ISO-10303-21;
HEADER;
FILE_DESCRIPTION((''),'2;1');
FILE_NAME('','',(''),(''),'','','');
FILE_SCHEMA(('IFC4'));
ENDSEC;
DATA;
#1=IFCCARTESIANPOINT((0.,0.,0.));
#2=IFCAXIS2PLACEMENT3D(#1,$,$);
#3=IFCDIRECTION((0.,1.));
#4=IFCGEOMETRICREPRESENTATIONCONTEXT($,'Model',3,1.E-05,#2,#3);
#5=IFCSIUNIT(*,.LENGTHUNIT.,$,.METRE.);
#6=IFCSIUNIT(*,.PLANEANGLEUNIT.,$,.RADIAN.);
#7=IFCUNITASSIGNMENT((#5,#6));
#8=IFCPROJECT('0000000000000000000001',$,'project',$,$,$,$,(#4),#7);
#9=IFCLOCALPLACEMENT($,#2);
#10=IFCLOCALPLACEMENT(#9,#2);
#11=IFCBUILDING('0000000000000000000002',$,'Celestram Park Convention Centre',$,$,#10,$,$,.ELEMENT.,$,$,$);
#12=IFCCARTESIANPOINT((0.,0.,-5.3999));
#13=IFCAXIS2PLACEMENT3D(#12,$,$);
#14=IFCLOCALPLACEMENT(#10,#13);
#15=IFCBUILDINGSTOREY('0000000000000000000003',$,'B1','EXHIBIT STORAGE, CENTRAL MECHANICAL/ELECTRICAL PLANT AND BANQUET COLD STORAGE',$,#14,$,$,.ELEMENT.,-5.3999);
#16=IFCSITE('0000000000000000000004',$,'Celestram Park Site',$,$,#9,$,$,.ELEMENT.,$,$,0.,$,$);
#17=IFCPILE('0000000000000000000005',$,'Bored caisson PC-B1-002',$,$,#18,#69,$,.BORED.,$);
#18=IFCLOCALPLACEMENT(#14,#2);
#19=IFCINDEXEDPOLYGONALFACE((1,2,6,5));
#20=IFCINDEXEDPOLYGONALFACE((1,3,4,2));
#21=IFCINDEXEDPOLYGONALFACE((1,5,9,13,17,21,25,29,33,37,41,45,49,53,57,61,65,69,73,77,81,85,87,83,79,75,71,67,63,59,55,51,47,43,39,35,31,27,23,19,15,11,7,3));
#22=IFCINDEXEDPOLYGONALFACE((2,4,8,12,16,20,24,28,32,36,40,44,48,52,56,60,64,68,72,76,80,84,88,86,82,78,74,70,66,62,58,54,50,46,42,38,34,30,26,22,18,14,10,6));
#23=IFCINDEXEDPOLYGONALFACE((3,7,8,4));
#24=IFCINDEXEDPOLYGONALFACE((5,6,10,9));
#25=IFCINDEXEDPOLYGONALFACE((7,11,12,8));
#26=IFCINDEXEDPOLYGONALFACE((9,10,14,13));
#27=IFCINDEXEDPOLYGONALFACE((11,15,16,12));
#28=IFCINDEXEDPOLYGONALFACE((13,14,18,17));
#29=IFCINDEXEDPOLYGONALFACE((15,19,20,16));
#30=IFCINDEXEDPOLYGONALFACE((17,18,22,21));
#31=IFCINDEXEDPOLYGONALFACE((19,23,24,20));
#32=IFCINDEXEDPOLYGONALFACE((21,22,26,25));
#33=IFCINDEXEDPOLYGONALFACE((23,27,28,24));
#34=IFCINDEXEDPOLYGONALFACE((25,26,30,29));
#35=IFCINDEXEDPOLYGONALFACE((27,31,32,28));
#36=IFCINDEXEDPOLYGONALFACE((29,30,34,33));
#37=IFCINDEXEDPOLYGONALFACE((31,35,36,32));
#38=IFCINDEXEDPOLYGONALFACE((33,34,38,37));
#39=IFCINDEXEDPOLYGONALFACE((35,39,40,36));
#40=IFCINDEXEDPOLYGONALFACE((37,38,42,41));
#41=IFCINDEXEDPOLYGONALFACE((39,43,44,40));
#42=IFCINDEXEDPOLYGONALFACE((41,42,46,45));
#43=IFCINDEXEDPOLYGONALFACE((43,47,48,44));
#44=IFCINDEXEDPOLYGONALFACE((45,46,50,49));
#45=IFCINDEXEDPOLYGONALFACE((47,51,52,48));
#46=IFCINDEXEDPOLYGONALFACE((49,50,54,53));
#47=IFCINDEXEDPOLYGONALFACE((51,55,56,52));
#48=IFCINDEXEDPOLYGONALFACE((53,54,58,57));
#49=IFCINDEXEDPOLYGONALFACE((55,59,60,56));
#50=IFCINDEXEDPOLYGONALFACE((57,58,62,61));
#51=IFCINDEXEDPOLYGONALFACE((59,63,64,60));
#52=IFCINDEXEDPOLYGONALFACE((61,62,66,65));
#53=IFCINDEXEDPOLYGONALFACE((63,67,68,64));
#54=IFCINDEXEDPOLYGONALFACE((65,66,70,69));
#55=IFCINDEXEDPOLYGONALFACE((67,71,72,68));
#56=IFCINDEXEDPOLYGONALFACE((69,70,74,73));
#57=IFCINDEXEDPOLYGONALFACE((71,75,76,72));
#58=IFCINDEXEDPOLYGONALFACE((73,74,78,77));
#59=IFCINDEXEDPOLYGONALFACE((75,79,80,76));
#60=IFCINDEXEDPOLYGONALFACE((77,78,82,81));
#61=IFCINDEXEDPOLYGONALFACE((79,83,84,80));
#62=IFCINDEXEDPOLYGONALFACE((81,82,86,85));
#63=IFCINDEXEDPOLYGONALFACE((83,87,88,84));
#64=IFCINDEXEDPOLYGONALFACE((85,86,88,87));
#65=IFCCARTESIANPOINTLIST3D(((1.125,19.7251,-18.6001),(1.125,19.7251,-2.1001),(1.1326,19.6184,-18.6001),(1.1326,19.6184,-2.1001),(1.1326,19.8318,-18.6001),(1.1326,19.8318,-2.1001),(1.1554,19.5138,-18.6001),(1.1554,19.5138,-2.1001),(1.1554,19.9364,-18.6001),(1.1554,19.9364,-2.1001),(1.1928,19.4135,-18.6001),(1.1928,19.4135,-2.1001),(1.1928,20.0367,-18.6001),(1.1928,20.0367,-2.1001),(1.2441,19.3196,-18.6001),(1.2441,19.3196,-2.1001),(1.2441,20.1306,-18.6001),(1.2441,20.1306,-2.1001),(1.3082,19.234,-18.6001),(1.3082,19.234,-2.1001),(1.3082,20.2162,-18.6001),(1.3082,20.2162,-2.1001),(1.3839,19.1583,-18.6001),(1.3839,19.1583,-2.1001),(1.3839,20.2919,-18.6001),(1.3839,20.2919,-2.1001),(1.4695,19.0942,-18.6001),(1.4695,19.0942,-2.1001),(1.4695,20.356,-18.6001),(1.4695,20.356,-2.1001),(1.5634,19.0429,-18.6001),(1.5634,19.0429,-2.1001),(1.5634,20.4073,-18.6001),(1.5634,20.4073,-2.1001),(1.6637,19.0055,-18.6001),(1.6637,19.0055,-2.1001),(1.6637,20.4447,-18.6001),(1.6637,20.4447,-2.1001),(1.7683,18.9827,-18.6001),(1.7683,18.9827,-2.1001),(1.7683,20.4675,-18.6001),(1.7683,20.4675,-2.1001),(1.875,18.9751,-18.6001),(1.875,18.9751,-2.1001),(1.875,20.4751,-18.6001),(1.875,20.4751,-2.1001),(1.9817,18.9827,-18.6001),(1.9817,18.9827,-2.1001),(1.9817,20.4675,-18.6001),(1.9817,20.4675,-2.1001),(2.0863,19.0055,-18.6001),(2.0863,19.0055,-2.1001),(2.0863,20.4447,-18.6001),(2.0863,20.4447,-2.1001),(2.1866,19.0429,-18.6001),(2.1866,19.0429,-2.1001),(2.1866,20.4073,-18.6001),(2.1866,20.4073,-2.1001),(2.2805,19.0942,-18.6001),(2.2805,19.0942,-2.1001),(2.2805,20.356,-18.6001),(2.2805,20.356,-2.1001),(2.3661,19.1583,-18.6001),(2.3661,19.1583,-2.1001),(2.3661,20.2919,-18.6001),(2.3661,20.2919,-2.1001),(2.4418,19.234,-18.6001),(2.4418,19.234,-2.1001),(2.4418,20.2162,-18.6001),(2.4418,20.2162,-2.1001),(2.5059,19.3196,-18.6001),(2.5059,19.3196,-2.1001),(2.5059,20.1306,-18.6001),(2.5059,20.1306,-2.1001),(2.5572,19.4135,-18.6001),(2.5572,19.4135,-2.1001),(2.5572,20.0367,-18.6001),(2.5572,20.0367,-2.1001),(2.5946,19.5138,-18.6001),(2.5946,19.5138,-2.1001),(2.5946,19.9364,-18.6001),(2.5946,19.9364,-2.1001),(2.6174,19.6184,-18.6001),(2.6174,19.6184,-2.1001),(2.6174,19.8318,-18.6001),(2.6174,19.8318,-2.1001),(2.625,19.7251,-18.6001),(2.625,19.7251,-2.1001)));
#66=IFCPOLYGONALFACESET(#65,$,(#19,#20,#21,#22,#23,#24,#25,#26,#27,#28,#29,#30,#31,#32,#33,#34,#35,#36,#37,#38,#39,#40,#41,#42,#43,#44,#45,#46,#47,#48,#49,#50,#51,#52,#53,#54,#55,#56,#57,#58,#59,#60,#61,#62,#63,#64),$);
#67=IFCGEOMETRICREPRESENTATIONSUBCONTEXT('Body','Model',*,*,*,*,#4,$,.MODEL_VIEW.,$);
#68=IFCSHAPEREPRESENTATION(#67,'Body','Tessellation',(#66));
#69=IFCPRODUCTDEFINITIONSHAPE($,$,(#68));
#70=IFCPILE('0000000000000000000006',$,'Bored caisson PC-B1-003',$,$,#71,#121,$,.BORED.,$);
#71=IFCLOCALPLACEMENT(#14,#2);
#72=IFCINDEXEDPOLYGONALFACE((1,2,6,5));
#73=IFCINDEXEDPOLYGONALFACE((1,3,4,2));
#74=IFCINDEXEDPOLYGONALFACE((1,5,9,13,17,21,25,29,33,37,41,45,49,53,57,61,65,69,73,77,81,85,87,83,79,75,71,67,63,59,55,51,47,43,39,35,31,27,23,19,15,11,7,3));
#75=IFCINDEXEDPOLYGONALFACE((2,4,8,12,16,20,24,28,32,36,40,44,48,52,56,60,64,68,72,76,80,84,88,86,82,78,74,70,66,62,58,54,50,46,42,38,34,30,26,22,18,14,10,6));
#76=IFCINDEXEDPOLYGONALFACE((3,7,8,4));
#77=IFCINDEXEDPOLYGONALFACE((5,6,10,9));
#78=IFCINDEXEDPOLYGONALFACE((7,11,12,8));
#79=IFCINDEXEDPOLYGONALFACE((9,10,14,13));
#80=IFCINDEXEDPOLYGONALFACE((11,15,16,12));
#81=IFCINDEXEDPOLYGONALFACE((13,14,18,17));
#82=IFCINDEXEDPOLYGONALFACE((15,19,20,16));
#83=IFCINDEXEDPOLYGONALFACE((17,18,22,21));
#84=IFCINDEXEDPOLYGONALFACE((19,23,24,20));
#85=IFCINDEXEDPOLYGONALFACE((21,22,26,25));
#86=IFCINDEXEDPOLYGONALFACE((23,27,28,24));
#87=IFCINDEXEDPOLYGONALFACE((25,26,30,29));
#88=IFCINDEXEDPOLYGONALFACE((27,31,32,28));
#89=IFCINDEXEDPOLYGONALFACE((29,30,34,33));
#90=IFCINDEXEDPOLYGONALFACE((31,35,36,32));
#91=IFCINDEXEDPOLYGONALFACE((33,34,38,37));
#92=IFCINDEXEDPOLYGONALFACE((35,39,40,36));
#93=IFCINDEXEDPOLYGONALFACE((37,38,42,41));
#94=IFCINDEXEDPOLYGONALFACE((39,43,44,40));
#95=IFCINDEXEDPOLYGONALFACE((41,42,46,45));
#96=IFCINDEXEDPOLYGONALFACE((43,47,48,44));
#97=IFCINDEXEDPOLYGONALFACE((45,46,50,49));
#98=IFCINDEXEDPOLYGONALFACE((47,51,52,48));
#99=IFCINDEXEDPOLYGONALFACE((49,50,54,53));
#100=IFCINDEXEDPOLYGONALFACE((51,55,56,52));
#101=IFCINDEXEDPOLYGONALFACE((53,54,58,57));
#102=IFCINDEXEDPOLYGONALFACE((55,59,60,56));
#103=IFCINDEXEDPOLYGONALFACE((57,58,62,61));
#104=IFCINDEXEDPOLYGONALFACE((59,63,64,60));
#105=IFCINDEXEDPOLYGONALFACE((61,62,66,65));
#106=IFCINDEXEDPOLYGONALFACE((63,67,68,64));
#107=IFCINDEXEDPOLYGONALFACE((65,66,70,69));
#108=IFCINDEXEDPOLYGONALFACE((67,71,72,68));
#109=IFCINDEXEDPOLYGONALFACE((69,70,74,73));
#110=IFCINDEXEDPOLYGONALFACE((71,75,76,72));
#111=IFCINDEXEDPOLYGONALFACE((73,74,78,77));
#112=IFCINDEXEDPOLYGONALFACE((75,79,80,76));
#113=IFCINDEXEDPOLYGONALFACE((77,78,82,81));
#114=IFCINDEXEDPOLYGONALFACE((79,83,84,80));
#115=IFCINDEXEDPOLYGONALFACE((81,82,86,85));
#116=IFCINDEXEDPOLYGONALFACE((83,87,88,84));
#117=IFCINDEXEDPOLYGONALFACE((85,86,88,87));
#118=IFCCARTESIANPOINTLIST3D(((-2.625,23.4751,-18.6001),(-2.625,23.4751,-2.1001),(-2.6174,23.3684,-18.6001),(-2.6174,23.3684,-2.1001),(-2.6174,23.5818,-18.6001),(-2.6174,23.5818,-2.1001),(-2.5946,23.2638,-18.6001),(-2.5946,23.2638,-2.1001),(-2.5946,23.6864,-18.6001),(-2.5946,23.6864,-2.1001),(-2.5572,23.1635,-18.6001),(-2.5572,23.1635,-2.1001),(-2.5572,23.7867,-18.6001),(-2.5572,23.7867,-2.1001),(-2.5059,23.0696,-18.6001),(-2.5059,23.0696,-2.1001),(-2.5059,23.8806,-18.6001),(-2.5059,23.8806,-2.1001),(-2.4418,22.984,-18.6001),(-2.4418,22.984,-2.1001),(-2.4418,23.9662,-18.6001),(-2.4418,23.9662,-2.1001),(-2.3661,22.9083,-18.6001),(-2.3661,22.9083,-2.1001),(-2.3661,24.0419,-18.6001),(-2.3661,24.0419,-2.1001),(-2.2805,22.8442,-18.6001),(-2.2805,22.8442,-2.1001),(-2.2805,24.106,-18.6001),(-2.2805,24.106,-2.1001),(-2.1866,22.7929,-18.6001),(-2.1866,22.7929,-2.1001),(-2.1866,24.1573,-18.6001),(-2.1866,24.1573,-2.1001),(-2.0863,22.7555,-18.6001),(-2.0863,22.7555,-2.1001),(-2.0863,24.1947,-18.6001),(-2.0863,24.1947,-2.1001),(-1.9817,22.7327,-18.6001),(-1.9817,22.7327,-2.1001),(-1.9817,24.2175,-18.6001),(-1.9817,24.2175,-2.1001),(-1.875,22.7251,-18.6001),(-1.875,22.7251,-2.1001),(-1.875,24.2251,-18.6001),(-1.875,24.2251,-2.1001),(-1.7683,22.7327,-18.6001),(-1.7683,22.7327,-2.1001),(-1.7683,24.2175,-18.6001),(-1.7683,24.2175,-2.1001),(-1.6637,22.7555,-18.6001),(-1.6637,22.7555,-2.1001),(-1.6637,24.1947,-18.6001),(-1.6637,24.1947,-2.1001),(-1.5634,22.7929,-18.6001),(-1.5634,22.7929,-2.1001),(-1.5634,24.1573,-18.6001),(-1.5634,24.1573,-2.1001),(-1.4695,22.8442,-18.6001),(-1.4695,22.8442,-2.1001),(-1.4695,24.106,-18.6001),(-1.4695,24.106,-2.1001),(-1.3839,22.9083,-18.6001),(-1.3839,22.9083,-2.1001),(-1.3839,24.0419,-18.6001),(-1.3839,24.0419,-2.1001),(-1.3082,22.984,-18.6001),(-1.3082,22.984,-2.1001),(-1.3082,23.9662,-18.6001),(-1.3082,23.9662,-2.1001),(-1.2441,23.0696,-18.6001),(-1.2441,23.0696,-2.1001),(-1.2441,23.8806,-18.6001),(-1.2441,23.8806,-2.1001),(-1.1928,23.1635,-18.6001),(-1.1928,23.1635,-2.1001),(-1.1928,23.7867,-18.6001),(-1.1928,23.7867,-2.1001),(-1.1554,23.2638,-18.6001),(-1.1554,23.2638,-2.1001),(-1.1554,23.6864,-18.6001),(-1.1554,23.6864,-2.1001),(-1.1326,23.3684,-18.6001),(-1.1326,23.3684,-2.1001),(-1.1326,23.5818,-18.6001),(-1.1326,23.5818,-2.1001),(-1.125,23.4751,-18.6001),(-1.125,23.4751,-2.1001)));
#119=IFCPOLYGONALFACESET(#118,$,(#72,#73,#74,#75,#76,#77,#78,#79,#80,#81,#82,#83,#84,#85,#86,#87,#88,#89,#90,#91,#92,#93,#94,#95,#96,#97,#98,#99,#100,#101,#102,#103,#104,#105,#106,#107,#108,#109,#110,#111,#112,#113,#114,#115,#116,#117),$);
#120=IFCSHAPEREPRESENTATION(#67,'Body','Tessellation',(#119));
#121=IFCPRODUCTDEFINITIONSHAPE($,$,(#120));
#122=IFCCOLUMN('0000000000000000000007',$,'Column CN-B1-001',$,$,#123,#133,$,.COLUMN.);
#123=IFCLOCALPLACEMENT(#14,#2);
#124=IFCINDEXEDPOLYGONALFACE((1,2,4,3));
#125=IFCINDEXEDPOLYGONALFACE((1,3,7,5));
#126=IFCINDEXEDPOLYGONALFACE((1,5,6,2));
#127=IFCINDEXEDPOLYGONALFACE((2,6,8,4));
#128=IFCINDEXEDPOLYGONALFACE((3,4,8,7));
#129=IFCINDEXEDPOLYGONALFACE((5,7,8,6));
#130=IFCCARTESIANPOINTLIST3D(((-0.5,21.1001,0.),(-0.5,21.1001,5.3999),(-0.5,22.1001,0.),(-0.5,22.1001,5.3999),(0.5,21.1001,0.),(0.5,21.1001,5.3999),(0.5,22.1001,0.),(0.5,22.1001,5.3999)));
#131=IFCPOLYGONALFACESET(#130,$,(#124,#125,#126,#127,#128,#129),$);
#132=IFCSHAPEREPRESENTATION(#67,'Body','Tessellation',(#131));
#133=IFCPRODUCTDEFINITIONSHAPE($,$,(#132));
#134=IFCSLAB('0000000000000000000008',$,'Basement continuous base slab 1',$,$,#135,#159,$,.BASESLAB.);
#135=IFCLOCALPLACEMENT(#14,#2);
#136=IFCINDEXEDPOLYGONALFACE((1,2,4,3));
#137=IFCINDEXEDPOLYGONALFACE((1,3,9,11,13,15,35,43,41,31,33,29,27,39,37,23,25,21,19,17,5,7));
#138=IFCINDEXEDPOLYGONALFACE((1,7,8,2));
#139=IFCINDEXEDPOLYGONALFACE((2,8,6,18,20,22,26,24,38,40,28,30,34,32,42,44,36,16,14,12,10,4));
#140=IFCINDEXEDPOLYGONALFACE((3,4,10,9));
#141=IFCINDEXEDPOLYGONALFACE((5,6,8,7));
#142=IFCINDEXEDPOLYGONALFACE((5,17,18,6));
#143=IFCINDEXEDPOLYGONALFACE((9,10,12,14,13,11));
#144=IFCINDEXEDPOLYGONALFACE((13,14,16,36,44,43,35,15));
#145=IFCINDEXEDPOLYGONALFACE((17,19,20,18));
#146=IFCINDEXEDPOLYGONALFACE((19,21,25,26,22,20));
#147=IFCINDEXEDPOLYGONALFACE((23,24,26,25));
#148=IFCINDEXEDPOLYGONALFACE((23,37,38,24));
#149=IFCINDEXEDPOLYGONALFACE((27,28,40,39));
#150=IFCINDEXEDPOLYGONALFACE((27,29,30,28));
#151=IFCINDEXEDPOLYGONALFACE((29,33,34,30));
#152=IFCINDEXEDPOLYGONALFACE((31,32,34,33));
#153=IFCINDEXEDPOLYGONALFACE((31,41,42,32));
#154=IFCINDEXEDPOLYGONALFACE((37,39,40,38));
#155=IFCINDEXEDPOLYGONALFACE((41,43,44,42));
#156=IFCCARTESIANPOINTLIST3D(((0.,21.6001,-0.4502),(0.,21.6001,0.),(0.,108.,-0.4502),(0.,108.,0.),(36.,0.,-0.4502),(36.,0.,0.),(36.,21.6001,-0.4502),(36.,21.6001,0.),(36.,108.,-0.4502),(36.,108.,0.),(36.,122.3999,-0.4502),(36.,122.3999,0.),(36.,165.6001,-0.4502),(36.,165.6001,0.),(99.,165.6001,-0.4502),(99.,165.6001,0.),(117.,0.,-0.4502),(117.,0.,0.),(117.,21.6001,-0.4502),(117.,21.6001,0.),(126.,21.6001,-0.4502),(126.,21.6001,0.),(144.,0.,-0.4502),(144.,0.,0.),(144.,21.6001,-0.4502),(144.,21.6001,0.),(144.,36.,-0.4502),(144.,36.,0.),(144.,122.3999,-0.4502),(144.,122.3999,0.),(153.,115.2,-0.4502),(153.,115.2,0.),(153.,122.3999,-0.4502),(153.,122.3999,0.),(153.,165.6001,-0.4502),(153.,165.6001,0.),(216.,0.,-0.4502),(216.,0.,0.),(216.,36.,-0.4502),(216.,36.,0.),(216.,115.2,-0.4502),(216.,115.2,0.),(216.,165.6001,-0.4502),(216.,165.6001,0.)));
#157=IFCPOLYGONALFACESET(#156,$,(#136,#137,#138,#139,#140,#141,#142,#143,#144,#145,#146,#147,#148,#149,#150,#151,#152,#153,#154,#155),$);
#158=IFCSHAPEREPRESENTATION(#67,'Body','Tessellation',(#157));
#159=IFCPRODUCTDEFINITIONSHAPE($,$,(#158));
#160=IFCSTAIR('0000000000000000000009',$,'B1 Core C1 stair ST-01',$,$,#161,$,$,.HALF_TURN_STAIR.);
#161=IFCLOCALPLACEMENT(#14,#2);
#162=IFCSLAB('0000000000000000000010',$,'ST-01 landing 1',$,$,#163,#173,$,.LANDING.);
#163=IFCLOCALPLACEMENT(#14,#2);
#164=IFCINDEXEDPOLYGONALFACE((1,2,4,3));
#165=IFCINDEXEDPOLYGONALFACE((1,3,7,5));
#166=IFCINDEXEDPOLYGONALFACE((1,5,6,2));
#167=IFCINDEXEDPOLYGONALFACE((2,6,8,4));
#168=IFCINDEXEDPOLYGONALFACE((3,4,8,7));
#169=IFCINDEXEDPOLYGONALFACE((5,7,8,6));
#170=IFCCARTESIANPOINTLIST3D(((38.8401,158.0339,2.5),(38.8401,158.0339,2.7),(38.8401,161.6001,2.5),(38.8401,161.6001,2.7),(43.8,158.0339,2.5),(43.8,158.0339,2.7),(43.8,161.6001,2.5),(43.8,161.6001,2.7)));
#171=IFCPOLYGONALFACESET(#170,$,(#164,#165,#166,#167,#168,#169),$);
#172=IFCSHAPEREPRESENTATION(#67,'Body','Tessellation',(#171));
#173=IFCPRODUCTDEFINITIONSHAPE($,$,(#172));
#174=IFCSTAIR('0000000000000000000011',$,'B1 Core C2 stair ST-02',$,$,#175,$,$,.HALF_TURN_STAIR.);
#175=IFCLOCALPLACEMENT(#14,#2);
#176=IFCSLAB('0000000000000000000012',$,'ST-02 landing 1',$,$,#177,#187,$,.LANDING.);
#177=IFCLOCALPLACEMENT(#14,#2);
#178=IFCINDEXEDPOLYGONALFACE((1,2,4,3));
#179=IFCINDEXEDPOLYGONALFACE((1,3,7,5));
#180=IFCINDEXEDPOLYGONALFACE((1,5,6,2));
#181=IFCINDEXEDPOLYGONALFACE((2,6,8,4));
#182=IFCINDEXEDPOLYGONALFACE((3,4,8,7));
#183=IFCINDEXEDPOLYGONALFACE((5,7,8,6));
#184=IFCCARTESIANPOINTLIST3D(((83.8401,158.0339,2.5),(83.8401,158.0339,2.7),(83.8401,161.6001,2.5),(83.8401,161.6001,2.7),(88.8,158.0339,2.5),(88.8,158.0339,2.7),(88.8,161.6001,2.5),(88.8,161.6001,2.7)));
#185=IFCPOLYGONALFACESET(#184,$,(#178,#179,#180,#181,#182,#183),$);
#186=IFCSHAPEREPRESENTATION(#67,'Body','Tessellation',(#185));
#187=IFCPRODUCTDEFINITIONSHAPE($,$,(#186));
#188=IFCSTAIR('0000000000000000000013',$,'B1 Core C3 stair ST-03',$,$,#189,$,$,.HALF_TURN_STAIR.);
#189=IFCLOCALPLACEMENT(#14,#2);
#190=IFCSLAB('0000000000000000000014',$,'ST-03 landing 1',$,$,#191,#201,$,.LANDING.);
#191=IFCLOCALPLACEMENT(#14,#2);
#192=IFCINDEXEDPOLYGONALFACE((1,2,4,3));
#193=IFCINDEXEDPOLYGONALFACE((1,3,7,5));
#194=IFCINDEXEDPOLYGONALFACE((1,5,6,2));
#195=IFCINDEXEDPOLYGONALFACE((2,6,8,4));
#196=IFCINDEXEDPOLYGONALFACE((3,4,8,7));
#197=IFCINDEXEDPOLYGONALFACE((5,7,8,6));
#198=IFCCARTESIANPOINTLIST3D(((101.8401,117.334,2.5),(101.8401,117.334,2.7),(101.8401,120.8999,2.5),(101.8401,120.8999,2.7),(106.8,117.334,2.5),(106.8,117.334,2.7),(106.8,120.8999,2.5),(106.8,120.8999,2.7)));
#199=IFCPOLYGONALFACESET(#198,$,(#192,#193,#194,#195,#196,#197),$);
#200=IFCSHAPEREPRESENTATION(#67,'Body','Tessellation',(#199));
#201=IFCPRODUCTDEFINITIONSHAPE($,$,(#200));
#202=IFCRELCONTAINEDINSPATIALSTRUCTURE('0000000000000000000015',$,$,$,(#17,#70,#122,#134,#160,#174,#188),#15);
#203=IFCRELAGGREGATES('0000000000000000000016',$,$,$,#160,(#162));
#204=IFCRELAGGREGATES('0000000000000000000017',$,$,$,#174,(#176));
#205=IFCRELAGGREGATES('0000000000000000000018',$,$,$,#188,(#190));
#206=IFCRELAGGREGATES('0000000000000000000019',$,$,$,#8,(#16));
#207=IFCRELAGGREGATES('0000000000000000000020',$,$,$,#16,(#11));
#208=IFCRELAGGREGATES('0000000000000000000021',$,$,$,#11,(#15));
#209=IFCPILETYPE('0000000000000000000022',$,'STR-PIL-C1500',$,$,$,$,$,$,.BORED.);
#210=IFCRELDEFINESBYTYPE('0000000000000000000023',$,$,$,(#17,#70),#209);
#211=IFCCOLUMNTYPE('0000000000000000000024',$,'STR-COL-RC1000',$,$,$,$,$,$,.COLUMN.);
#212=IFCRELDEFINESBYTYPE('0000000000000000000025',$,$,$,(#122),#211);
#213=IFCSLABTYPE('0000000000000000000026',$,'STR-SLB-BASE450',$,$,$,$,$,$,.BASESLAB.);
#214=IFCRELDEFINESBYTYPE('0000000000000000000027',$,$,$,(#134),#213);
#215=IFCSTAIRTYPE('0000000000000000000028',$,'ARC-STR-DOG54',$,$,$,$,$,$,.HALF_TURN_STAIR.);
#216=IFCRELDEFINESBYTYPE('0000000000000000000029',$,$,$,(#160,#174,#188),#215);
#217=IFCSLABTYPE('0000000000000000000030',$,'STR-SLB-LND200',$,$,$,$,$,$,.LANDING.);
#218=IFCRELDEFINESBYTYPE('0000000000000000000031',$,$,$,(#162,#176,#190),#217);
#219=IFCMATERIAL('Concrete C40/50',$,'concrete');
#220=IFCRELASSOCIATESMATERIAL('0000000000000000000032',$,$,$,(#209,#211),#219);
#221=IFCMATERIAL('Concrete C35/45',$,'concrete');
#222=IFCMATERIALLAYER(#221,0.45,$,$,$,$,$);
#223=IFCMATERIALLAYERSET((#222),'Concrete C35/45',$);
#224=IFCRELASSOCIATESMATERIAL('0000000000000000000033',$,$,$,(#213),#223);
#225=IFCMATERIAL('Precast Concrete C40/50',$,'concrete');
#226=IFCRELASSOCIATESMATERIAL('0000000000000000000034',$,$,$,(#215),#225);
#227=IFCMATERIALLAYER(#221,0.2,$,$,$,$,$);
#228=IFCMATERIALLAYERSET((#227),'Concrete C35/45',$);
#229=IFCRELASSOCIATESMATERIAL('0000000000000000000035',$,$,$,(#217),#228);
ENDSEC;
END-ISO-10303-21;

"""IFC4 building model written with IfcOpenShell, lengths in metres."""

from ifc_helpers import new_model, si_unit, direction, frame, origin, origin_2d, place, context, subcontext, project, spatial, polyline, rectangle, circle, outline, extrude, material, layer, layer_set, material_profile, profile_set, type_object, element, aggregate, save


model = new_model("IFC4")

# Units and contexts
model_context = context("Model", 3, precision=1e-05, world=origin(), true_north=direction((0.0, 1.0)))
body_context = subcontext(model_context, "Body", "Model", "MODEL_VIEW")
ifc_project = project(units=[si_unit("LENGTHUNIT", "METRE"), si_unit("PLANEANGLEUNIT", "RADIAN")], contexts=[model_context])

# Site, building, storey
site_placement = place(None, origin())
site = spatial("IfcSite", under=ifc_project, at=site_placement, Name="Celestram Park Site", CompositionType="ELEMENT", RefElevation=0.0)
building_placement = place(site_placement, origin())
building = spatial("IfcBuilding", under=site, at=building_placement, Name="Celestram Park Convention Centre", CompositionType="ELEMENT")
storey_placement = place(building_placement, frame((0.0, 0.0, -5.3999)))
storey = spatial("IfcBuildingStorey", under=building, at=storey_placement, Name="B1", Description="EXHIBIT STORAGE, CENTRAL MECHANICAL/ELECTRICAL PLANT AND BANQUET COLD STORAGE", CompositionType="ELEMENT", Elevation=-5.3999)

# Shared definitions
ifc_material_1 = material(Name="Concrete C40/50", Category="concrete")
ifc_material_2 = material(Name="Concrete C35/45", Category="concrete")

# Piles
ifc_material_profile_1 = material_profile(ifc_material_1, circle(Radius=0.75, at=origin_2d()), Name="CAISSON1500")
ifc_profile_set_1 = profile_set([ifc_material_profile_1], Name="Concrete C40/50")
pile_type_1 = type_object("IfcPileType", Name="STR-PIL-C1500", PredefinedType="BORED", material=ifc_profile_set_1)
for number, where, z_axis, x_axis, name in (
    (1, (1.875, 19.7251, -2.1001), (0.0, 0.0, -1.0), (1.0, 0.0, 0.0), "Bored caisson PC-B1-002"),
    (2, (-1.875, 23.4751, -2.1001), (0.0, 0.0, -1.0), (1.0, 0.0, 0.0), "Bored caisson PC-B1-003"),
):
    element("IfcPile", number, at=place(storey_placement, frame(where, z_axis=z_axis, x_axis=x_axis)), inside=storey, type_object=pile_type_1, Name=name, PredefinedType="BORED", context=body_context, shape_type="SweptSolid", body=[
        extrude(circle(Radius=0.75, at=origin_2d()), origin(), (0.0, 0.0, 1.0), 16.5),
    ])

# Column
ifc_material_profile_2 = material_profile(ifc_material_1, rectangle(XDim=1.0, YDim=1.0, at=origin_2d()), Name="RC1000X1000")
ifc_profile_set_2 = profile_set([ifc_material_profile_2], Name="Concrete C40/50")
column_type = type_object("IfcColumnType", Name="STR-COL-RC1000", PredefinedType="COLUMN", material=ifc_profile_set_2)
column_placement = place(storey_placement, frame((0.0, 21.6001, 0.0), z_axis=(0.0, 0.0, 1.0), x_axis=(1.0, 0.0, 0.0)))
element("IfcColumn", 3, at=column_placement, inside=storey, type_object=column_type, Name="Column CN-B1-001", PredefinedType="COLUMN", context=body_context, shape_type="SweptSolid", body=[
    extrude(rectangle(XDim=1.0, YDim=1.0, at=origin_2d()), origin(), (0.0, 0.0, 1.0), 5.3999),
])

# Slab
ifc_layer_1 = layer(ifc_material_2, 0.45)
ifc_layer_set_1 = layer_set([ifc_layer_1], Name="Concrete C35/45")
slab_type_1 = type_object("IfcSlabType", Name="STR-SLB-BASE450", PredefinedType="BASESLAB", material=ifc_layer_set_1)
slab_1_placement = place(storey_placement, frame((0.0, 0.0, -0.4502)))
element("IfcSlab", 4, at=slab_1_placement, inside=storey, type_object=slab_type_1, Name="Basement continuous base slab 1", PredefinedType="BASESLAB", context=body_context, shape_type="SweptSolid", body=[
    extrude(outline(polyline([(0.0, 21.6001), (0.0, 108.0), (36.0, 108.0), (36.0, 122.3999), (36.0, 165.6001), (99.0, 165.6001), (153.0, 165.6001), (216.0, 165.6001), (216.0, 115.2), (153.0, 115.2), (153.0, 122.3999), (144.0, 122.3999), (144.0, 36.0), (216.0, 36.0), (216.0, 0.0), (144.0, 0.0), (144.0, 21.6001), (126.0, 21.6001), (117.0, 21.6001), (117.0, 0.0), (36.0, 0.0), (36.0, 21.6001), (0.0, 21.6001)])), origin(), (0.0, 0.0, 1.0), 0.4502),
])

# Stairs, slabs
ifc_material_3 = material(Name="Precast Concrete C40/50", Category="concrete")
stair_type = type_object("IfcStairType", Name="ARC-STR-DOG54", PredefinedType="HALF_TURN_STAIR", material=ifc_material_3)
stair_1_placement = place(storey_placement, origin())
stair_1 = element("IfcStair", 5, at=stair_1_placement, inside=storey, type_object=stair_type, Name="B1 Core C1 stair ST-01", PredefinedType="HALF_TURN_STAIR")
ifc_layer_2 = layer(ifc_material_2, 0.2)
ifc_layer_set_2 = layer_set([ifc_layer_2], Name="Concrete C35/45")
slab_type_2 = type_object("IfcSlabType", Name="STR-SLB-LND200", PredefinedType="LANDING", material=ifc_layer_set_2)
slab_2_placement = place(storey_placement, frame((0.0, 0.0, 2.5)))
slab_2 = element("IfcSlab", 6, at=slab_2_placement, type_object=slab_type_2, Name="ST-01 landing 1", PredefinedType="LANDING", context=body_context, shape_type="SweptSolid", body=[
    extrude(outline(polyline([(43.8, 158.0339), (43.8, 161.6001), (38.8401, 161.6001), (38.8401, 158.0339), (43.8, 158.0339)])), origin(), (0.0, 0.0, 1.0), 0.2),
])
aggregate(stair_1, [slab_2])
stair_2_placement = place(storey_placement, origin())
stair_2 = element("IfcStair", 7, at=stair_2_placement, inside=storey, type_object=stair_type, Name="B1 Core C2 stair ST-02", PredefinedType="HALF_TURN_STAIR")
slab_3_placement = place(storey_placement, frame((0.0, 0.0, 2.5)))
slab_3 = element("IfcSlab", 8, at=slab_3_placement, type_object=slab_type_2, Name="ST-02 landing 1", PredefinedType="LANDING", context=body_context, shape_type="SweptSolid", body=[
    extrude(outline(polyline([(88.8, 158.0339), (88.8, 161.6001), (83.8401, 161.6001), (83.8401, 158.0339), (88.8, 158.0339)])), origin(), (0.0, 0.0, 1.0), 0.2),
])
aggregate(stair_2, [slab_3])
stair_3_placement = place(storey_placement, origin())
stair_3 = element("IfcStair", 9, at=stair_3_placement, inside=storey, type_object=stair_type, Name="B1 Core C3 stair ST-03", PredefinedType="HALF_TURN_STAIR")
slab_4_placement = place(storey_placement, frame((0.0, 0.0, 2.5)))
slab_4 = element("IfcSlab", 10, at=slab_4_placement, type_object=slab_type_2, Name="ST-03 landing 1", PredefinedType="LANDING", context=body_context, shape_type="SweptSolid", body=[
    extrude(outline(polyline([(106.8, 117.334), (106.8, 120.8999), (101.8401, 120.8999), (101.8401, 117.334), (106.8, 117.334)])), origin(), (0.0, 0.0, 1.0), 0.2),
])
aggregate(stair_3, [slab_4])

save(model, "model.ifc")
